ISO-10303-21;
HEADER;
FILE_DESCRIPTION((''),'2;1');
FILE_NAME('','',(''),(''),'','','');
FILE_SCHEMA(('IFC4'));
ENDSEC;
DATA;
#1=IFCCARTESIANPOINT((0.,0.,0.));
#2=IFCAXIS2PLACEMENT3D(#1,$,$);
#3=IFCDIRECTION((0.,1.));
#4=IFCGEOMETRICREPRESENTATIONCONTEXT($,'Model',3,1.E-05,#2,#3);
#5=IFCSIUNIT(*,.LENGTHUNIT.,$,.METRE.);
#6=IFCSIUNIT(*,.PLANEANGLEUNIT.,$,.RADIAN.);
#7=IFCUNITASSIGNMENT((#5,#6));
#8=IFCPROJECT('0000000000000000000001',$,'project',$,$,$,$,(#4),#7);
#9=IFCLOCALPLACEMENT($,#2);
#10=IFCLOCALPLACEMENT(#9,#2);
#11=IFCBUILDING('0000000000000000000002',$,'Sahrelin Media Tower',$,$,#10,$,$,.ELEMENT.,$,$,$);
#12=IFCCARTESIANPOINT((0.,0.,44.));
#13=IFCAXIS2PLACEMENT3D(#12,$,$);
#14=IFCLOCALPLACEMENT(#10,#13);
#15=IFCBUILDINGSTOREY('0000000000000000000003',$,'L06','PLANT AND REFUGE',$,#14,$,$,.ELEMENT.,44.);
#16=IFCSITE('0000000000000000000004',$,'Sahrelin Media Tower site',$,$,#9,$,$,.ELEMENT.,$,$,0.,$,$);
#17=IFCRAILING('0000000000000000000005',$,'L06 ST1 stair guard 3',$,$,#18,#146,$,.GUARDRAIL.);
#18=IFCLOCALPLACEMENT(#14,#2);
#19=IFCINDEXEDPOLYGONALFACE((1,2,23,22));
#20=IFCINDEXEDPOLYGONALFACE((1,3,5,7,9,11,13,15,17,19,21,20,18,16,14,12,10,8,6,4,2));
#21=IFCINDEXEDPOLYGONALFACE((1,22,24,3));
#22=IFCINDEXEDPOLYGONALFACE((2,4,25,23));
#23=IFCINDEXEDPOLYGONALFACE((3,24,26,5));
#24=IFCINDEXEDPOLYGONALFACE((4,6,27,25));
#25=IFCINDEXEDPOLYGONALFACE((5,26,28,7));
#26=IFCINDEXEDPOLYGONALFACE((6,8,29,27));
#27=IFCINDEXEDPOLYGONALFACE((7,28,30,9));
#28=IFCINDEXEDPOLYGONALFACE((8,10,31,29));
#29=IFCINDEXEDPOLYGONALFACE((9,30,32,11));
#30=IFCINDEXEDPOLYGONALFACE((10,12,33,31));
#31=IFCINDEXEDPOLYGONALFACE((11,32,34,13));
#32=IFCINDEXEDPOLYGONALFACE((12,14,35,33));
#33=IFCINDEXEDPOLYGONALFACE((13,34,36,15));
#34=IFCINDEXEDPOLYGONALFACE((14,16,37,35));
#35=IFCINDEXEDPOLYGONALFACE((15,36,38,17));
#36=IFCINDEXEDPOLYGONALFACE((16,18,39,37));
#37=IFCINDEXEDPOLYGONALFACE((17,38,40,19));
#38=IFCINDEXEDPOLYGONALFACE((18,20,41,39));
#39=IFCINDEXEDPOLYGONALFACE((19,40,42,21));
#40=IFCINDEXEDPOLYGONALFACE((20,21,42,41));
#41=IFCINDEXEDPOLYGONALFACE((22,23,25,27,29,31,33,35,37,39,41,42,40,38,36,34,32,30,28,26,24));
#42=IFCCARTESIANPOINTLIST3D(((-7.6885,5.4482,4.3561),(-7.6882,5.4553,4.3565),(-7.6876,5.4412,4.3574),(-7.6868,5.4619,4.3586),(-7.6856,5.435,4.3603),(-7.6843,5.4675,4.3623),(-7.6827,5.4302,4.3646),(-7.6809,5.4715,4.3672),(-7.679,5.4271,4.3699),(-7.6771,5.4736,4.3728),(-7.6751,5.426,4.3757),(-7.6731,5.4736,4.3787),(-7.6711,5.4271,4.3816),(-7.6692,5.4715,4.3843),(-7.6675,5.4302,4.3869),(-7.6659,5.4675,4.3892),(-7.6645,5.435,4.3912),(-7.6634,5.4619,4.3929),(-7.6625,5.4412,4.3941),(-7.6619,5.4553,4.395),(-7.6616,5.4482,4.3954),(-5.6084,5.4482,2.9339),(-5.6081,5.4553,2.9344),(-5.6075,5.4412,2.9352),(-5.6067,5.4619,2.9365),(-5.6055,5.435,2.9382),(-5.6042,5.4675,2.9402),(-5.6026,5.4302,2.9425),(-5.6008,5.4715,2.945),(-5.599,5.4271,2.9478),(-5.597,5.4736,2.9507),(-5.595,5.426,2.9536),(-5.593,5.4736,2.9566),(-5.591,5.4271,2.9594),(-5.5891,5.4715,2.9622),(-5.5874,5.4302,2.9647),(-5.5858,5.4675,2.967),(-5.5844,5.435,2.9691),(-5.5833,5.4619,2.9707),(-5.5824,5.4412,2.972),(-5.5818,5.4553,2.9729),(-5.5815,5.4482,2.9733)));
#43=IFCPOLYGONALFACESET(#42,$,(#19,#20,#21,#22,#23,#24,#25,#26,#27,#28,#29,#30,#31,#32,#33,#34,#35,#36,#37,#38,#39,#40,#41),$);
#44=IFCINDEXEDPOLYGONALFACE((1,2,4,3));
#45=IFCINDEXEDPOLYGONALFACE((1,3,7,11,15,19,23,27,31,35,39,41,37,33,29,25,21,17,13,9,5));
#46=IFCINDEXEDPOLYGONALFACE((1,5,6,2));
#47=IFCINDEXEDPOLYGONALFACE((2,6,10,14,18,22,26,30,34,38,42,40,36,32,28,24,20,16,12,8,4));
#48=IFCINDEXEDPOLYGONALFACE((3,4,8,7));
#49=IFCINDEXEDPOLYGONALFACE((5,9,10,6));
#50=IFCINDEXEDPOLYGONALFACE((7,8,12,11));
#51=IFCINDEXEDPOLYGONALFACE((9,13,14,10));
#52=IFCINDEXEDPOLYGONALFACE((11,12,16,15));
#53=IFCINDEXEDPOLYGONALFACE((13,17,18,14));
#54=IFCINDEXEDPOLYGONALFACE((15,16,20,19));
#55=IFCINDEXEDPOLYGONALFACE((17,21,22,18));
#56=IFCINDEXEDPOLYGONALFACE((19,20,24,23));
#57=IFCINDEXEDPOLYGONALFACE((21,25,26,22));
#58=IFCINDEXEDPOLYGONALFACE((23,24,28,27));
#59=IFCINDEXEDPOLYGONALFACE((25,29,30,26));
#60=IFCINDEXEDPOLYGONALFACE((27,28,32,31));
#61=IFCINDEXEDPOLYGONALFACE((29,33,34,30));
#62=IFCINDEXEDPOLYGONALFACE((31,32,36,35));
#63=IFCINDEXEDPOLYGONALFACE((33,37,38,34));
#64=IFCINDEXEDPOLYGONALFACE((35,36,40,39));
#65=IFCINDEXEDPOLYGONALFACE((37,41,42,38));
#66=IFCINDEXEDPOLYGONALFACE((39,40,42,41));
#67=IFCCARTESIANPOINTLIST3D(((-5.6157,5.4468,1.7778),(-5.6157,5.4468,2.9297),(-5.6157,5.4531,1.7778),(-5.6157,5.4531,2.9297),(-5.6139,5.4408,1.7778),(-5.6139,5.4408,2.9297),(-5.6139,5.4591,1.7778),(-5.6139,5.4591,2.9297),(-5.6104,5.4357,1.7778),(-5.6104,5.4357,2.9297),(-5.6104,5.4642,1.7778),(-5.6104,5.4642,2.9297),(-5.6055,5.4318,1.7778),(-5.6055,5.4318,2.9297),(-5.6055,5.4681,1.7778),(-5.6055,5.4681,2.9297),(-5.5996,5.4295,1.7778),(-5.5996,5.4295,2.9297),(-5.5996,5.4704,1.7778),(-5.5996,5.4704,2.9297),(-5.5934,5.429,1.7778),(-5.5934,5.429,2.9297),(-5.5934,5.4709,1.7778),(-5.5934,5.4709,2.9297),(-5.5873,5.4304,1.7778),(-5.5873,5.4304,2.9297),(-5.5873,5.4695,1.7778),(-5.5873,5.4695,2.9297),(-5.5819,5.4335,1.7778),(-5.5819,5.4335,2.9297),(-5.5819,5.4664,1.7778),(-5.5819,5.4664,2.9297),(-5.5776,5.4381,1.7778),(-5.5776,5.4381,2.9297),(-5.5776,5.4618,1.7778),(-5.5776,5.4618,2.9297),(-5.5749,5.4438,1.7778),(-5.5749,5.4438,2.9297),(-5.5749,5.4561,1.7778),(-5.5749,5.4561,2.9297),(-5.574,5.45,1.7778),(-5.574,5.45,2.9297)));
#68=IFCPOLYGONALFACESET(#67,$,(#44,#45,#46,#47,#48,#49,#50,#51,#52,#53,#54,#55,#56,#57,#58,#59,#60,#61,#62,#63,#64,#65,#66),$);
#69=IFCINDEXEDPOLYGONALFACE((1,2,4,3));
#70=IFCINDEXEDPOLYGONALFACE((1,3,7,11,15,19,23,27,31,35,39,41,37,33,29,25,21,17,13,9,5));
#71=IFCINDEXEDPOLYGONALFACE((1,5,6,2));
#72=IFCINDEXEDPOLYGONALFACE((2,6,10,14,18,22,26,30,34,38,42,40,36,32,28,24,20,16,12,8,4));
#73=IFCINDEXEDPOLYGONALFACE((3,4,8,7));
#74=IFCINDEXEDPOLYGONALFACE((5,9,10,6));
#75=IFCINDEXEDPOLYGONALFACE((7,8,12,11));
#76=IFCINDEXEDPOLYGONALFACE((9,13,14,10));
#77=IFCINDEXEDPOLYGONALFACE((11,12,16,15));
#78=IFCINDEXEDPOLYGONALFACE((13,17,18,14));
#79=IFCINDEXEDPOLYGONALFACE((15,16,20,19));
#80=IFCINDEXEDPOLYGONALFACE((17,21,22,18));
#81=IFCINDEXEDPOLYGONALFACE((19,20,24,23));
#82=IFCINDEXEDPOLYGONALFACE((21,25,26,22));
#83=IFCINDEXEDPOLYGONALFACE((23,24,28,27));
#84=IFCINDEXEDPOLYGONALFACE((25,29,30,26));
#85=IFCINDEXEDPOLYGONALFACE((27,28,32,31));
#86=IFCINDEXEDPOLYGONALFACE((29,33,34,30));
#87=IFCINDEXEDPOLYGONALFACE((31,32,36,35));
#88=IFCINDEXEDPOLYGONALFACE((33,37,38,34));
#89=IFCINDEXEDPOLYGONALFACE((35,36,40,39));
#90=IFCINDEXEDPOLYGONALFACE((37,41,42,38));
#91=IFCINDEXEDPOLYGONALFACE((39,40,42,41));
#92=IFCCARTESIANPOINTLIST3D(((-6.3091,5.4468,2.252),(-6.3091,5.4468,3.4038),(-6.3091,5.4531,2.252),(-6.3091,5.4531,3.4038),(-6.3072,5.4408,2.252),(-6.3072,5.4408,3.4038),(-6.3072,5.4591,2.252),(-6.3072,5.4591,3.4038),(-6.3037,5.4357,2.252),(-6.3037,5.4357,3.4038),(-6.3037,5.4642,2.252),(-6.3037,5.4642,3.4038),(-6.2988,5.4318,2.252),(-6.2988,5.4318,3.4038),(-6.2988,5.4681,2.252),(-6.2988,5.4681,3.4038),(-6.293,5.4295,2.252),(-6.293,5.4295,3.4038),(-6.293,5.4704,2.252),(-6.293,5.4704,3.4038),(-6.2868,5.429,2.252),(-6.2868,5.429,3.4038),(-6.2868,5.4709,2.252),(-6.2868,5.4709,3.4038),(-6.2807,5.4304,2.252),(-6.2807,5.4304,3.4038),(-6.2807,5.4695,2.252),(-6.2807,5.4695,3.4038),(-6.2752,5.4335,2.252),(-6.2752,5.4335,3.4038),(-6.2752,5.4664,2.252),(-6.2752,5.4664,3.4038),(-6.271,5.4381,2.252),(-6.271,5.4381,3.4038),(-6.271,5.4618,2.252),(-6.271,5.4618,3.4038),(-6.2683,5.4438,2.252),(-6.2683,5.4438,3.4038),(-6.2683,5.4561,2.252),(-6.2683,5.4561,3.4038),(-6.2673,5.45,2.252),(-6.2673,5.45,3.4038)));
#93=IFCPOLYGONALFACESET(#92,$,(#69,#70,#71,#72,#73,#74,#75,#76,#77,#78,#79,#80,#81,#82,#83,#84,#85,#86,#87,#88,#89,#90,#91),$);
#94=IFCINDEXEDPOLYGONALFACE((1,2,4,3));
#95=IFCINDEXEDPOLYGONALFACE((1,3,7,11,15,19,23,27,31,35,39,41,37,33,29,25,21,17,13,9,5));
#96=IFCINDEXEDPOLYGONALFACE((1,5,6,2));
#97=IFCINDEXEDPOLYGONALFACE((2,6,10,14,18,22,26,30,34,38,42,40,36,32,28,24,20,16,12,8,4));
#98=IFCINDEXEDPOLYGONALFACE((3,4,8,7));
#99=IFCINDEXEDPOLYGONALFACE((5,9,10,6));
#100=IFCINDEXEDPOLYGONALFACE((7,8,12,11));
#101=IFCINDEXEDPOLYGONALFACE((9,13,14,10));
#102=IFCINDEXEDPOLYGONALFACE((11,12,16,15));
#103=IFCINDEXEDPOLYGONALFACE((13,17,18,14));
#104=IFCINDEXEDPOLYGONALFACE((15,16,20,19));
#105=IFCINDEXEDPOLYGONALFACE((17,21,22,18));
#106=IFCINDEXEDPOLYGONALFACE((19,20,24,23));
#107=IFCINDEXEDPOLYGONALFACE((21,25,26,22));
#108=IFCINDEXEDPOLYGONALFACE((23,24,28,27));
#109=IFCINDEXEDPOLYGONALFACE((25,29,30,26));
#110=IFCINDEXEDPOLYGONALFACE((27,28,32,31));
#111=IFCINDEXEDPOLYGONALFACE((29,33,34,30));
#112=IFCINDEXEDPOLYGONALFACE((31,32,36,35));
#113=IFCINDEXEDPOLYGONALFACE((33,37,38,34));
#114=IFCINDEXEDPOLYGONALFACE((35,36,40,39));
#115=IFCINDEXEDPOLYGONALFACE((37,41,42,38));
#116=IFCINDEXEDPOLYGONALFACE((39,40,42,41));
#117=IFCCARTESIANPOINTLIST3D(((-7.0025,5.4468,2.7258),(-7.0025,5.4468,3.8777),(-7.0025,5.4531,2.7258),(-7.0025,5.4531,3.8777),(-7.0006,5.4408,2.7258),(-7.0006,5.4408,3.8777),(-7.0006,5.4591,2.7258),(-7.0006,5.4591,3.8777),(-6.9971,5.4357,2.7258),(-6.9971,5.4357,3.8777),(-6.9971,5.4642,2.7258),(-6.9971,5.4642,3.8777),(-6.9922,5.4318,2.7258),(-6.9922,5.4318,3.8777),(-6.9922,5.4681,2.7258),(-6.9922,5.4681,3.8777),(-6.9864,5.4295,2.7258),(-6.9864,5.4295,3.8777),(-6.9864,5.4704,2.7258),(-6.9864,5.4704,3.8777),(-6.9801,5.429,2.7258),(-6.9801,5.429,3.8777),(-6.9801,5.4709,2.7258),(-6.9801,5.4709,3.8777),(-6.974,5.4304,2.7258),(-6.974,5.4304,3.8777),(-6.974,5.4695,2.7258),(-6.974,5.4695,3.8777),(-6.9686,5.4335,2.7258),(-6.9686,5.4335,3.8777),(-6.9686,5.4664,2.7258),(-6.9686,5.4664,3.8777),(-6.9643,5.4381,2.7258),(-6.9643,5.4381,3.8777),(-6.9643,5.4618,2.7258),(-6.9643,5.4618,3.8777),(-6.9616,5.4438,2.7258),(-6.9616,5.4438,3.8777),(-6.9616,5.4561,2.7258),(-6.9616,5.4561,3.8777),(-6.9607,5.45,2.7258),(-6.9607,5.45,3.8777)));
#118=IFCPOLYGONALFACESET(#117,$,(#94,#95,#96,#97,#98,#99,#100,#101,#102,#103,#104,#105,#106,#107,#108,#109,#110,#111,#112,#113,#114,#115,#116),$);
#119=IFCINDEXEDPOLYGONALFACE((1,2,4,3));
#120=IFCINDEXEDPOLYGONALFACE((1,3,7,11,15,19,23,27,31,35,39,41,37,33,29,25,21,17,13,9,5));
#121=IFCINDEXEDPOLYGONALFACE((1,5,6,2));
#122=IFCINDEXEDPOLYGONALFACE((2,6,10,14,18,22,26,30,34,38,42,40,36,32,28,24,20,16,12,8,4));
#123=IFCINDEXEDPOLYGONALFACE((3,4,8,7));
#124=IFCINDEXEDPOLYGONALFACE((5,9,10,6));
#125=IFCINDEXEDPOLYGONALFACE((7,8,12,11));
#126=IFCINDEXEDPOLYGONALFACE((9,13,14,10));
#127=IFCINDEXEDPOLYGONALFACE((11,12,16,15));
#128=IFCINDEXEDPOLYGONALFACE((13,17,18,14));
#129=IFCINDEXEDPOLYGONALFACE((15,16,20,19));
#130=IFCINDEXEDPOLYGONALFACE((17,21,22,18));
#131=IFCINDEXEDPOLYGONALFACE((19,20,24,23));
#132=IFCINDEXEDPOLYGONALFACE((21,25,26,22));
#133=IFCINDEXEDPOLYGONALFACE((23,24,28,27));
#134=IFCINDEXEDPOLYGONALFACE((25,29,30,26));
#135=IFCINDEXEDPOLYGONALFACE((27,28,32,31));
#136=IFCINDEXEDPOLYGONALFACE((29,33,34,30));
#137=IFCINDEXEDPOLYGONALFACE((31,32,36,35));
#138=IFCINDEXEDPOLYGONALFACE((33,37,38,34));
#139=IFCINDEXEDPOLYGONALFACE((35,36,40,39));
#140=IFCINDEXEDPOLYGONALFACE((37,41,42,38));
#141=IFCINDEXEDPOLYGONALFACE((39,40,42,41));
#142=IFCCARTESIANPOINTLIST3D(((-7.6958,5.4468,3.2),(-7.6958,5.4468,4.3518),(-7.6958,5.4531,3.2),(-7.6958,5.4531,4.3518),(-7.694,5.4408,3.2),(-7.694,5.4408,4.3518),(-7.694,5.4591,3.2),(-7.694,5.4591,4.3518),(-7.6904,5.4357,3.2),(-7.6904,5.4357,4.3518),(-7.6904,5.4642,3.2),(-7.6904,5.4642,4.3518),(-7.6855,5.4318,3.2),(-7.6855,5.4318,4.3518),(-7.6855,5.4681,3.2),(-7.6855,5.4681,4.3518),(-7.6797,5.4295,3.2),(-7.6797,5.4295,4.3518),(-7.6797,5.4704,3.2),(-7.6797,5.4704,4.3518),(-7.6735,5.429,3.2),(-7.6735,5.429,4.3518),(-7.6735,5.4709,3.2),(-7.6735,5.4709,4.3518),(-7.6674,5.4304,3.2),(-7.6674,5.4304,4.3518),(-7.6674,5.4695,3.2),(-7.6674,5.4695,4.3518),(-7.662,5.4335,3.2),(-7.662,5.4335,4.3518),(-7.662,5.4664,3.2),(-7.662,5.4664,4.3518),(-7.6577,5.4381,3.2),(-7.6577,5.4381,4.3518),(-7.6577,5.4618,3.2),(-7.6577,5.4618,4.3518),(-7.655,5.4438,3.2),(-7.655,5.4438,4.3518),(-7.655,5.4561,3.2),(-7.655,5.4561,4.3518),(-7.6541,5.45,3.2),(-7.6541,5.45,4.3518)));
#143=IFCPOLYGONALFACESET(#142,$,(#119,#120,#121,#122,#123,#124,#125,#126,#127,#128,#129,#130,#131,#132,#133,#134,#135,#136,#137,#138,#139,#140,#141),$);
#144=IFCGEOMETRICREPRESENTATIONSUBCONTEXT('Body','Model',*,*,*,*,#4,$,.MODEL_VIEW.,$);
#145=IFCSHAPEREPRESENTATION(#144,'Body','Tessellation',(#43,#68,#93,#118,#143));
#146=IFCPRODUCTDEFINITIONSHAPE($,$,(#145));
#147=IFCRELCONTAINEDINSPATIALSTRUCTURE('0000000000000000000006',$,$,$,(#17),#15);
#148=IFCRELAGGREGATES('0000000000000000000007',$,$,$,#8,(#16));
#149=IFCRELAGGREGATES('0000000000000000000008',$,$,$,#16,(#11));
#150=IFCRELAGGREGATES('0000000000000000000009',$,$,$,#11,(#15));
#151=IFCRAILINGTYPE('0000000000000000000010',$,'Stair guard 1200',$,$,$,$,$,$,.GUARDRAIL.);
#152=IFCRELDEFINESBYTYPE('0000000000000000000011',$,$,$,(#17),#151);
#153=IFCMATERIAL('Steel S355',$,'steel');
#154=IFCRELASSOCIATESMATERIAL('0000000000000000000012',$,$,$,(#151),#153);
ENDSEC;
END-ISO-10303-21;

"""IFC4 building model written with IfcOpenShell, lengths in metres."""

from ifc_helpers import new_model, si_unit, direction, frame, origin, origin_2d, place, context, subcontext, project, spatial, circle, extrude, material, type_object, element, save


model = new_model("IFC4")

# Units and contexts
model_context = context("Model", 3, precision=1e-05, world=origin(), true_north=direction((0.0, 1.0)))
body_context = subcontext(model_context, "Body", "Model", "MODEL_VIEW")
ifc_project = project(units=[si_unit("LENGTHUNIT", "METRE"), si_unit("PLANEANGLEUNIT", "RADIAN")], contexts=[model_context])

# Site, building, storey
site_placement = place(None, origin())
site = spatial("IfcSite", under=ifc_project, at=site_placement, Name="Sahrelin Media Tower site", CompositionType="ELEMENT", RefElevation=0.0)
building_placement = place(site_placement, origin())
building = spatial("IfcBuilding", under=site, at=building_placement, Name="Sahrelin Media Tower", CompositionType="ELEMENT")
storey_placement = place(building_placement, frame((0.0, 0.0, 44.0)))
storey = spatial("IfcBuildingStorey", under=building, at=storey_placement, Name="L06", Description="PLANT AND REFUGE", CompositionType="ELEMENT", Elevation=44.0)

# Railing
ifc_material_1 = material(Name="Steel S355", Category="steel")
railing_type_1 = type_object("IfcRailingType", Name="Stair guard 1200", PredefinedType="GUARDRAIL", material=ifc_material_1)
railing_1_placement = place(storey_placement, frame((-5.595, 5.45, 1.7778)))
element("IfcRailing", 1, at=railing_1_placement, inside=storey, type_object=railing_type_1, Name="L06 ST1 stair guard 3", PredefinedType="GUARDRAIL", context=body_context, shape_type="SweptSolid", body=[
    extrude(circle(Radius=0.0239, at=origin_2d()), frame((0.0, 0.0, 1.1758), z_axis=(-0.825509, 0.0, 0.564389), x_axis=(0.0, -1.0, 0.0)), (0.0, 0.0, 1.0), 2.5198),
    extrude(circle(Radius=0.021, at=origin_2d()), origin(), (0.0, 0.0, 1.0), 1.1519),
    extrude(circle(Radius=0.021, at=origin_2d()), frame((-0.6934, 0.0, 0.4741)), (0.0, 0.0, 1.0), 1.1519),
    extrude(circle(Radius=0.021, at=origin_2d()), frame((-1.3867, 0.0, 0.948)), (0.0, 0.0, 1.0), 1.1519),
    extrude(circle(Radius=0.021, at=origin_2d()), frame((-2.0801, 0.0, 1.4221)), (0.0, 0.0, 1.0), 1.1519),
])

save(model, "model.ifc")
